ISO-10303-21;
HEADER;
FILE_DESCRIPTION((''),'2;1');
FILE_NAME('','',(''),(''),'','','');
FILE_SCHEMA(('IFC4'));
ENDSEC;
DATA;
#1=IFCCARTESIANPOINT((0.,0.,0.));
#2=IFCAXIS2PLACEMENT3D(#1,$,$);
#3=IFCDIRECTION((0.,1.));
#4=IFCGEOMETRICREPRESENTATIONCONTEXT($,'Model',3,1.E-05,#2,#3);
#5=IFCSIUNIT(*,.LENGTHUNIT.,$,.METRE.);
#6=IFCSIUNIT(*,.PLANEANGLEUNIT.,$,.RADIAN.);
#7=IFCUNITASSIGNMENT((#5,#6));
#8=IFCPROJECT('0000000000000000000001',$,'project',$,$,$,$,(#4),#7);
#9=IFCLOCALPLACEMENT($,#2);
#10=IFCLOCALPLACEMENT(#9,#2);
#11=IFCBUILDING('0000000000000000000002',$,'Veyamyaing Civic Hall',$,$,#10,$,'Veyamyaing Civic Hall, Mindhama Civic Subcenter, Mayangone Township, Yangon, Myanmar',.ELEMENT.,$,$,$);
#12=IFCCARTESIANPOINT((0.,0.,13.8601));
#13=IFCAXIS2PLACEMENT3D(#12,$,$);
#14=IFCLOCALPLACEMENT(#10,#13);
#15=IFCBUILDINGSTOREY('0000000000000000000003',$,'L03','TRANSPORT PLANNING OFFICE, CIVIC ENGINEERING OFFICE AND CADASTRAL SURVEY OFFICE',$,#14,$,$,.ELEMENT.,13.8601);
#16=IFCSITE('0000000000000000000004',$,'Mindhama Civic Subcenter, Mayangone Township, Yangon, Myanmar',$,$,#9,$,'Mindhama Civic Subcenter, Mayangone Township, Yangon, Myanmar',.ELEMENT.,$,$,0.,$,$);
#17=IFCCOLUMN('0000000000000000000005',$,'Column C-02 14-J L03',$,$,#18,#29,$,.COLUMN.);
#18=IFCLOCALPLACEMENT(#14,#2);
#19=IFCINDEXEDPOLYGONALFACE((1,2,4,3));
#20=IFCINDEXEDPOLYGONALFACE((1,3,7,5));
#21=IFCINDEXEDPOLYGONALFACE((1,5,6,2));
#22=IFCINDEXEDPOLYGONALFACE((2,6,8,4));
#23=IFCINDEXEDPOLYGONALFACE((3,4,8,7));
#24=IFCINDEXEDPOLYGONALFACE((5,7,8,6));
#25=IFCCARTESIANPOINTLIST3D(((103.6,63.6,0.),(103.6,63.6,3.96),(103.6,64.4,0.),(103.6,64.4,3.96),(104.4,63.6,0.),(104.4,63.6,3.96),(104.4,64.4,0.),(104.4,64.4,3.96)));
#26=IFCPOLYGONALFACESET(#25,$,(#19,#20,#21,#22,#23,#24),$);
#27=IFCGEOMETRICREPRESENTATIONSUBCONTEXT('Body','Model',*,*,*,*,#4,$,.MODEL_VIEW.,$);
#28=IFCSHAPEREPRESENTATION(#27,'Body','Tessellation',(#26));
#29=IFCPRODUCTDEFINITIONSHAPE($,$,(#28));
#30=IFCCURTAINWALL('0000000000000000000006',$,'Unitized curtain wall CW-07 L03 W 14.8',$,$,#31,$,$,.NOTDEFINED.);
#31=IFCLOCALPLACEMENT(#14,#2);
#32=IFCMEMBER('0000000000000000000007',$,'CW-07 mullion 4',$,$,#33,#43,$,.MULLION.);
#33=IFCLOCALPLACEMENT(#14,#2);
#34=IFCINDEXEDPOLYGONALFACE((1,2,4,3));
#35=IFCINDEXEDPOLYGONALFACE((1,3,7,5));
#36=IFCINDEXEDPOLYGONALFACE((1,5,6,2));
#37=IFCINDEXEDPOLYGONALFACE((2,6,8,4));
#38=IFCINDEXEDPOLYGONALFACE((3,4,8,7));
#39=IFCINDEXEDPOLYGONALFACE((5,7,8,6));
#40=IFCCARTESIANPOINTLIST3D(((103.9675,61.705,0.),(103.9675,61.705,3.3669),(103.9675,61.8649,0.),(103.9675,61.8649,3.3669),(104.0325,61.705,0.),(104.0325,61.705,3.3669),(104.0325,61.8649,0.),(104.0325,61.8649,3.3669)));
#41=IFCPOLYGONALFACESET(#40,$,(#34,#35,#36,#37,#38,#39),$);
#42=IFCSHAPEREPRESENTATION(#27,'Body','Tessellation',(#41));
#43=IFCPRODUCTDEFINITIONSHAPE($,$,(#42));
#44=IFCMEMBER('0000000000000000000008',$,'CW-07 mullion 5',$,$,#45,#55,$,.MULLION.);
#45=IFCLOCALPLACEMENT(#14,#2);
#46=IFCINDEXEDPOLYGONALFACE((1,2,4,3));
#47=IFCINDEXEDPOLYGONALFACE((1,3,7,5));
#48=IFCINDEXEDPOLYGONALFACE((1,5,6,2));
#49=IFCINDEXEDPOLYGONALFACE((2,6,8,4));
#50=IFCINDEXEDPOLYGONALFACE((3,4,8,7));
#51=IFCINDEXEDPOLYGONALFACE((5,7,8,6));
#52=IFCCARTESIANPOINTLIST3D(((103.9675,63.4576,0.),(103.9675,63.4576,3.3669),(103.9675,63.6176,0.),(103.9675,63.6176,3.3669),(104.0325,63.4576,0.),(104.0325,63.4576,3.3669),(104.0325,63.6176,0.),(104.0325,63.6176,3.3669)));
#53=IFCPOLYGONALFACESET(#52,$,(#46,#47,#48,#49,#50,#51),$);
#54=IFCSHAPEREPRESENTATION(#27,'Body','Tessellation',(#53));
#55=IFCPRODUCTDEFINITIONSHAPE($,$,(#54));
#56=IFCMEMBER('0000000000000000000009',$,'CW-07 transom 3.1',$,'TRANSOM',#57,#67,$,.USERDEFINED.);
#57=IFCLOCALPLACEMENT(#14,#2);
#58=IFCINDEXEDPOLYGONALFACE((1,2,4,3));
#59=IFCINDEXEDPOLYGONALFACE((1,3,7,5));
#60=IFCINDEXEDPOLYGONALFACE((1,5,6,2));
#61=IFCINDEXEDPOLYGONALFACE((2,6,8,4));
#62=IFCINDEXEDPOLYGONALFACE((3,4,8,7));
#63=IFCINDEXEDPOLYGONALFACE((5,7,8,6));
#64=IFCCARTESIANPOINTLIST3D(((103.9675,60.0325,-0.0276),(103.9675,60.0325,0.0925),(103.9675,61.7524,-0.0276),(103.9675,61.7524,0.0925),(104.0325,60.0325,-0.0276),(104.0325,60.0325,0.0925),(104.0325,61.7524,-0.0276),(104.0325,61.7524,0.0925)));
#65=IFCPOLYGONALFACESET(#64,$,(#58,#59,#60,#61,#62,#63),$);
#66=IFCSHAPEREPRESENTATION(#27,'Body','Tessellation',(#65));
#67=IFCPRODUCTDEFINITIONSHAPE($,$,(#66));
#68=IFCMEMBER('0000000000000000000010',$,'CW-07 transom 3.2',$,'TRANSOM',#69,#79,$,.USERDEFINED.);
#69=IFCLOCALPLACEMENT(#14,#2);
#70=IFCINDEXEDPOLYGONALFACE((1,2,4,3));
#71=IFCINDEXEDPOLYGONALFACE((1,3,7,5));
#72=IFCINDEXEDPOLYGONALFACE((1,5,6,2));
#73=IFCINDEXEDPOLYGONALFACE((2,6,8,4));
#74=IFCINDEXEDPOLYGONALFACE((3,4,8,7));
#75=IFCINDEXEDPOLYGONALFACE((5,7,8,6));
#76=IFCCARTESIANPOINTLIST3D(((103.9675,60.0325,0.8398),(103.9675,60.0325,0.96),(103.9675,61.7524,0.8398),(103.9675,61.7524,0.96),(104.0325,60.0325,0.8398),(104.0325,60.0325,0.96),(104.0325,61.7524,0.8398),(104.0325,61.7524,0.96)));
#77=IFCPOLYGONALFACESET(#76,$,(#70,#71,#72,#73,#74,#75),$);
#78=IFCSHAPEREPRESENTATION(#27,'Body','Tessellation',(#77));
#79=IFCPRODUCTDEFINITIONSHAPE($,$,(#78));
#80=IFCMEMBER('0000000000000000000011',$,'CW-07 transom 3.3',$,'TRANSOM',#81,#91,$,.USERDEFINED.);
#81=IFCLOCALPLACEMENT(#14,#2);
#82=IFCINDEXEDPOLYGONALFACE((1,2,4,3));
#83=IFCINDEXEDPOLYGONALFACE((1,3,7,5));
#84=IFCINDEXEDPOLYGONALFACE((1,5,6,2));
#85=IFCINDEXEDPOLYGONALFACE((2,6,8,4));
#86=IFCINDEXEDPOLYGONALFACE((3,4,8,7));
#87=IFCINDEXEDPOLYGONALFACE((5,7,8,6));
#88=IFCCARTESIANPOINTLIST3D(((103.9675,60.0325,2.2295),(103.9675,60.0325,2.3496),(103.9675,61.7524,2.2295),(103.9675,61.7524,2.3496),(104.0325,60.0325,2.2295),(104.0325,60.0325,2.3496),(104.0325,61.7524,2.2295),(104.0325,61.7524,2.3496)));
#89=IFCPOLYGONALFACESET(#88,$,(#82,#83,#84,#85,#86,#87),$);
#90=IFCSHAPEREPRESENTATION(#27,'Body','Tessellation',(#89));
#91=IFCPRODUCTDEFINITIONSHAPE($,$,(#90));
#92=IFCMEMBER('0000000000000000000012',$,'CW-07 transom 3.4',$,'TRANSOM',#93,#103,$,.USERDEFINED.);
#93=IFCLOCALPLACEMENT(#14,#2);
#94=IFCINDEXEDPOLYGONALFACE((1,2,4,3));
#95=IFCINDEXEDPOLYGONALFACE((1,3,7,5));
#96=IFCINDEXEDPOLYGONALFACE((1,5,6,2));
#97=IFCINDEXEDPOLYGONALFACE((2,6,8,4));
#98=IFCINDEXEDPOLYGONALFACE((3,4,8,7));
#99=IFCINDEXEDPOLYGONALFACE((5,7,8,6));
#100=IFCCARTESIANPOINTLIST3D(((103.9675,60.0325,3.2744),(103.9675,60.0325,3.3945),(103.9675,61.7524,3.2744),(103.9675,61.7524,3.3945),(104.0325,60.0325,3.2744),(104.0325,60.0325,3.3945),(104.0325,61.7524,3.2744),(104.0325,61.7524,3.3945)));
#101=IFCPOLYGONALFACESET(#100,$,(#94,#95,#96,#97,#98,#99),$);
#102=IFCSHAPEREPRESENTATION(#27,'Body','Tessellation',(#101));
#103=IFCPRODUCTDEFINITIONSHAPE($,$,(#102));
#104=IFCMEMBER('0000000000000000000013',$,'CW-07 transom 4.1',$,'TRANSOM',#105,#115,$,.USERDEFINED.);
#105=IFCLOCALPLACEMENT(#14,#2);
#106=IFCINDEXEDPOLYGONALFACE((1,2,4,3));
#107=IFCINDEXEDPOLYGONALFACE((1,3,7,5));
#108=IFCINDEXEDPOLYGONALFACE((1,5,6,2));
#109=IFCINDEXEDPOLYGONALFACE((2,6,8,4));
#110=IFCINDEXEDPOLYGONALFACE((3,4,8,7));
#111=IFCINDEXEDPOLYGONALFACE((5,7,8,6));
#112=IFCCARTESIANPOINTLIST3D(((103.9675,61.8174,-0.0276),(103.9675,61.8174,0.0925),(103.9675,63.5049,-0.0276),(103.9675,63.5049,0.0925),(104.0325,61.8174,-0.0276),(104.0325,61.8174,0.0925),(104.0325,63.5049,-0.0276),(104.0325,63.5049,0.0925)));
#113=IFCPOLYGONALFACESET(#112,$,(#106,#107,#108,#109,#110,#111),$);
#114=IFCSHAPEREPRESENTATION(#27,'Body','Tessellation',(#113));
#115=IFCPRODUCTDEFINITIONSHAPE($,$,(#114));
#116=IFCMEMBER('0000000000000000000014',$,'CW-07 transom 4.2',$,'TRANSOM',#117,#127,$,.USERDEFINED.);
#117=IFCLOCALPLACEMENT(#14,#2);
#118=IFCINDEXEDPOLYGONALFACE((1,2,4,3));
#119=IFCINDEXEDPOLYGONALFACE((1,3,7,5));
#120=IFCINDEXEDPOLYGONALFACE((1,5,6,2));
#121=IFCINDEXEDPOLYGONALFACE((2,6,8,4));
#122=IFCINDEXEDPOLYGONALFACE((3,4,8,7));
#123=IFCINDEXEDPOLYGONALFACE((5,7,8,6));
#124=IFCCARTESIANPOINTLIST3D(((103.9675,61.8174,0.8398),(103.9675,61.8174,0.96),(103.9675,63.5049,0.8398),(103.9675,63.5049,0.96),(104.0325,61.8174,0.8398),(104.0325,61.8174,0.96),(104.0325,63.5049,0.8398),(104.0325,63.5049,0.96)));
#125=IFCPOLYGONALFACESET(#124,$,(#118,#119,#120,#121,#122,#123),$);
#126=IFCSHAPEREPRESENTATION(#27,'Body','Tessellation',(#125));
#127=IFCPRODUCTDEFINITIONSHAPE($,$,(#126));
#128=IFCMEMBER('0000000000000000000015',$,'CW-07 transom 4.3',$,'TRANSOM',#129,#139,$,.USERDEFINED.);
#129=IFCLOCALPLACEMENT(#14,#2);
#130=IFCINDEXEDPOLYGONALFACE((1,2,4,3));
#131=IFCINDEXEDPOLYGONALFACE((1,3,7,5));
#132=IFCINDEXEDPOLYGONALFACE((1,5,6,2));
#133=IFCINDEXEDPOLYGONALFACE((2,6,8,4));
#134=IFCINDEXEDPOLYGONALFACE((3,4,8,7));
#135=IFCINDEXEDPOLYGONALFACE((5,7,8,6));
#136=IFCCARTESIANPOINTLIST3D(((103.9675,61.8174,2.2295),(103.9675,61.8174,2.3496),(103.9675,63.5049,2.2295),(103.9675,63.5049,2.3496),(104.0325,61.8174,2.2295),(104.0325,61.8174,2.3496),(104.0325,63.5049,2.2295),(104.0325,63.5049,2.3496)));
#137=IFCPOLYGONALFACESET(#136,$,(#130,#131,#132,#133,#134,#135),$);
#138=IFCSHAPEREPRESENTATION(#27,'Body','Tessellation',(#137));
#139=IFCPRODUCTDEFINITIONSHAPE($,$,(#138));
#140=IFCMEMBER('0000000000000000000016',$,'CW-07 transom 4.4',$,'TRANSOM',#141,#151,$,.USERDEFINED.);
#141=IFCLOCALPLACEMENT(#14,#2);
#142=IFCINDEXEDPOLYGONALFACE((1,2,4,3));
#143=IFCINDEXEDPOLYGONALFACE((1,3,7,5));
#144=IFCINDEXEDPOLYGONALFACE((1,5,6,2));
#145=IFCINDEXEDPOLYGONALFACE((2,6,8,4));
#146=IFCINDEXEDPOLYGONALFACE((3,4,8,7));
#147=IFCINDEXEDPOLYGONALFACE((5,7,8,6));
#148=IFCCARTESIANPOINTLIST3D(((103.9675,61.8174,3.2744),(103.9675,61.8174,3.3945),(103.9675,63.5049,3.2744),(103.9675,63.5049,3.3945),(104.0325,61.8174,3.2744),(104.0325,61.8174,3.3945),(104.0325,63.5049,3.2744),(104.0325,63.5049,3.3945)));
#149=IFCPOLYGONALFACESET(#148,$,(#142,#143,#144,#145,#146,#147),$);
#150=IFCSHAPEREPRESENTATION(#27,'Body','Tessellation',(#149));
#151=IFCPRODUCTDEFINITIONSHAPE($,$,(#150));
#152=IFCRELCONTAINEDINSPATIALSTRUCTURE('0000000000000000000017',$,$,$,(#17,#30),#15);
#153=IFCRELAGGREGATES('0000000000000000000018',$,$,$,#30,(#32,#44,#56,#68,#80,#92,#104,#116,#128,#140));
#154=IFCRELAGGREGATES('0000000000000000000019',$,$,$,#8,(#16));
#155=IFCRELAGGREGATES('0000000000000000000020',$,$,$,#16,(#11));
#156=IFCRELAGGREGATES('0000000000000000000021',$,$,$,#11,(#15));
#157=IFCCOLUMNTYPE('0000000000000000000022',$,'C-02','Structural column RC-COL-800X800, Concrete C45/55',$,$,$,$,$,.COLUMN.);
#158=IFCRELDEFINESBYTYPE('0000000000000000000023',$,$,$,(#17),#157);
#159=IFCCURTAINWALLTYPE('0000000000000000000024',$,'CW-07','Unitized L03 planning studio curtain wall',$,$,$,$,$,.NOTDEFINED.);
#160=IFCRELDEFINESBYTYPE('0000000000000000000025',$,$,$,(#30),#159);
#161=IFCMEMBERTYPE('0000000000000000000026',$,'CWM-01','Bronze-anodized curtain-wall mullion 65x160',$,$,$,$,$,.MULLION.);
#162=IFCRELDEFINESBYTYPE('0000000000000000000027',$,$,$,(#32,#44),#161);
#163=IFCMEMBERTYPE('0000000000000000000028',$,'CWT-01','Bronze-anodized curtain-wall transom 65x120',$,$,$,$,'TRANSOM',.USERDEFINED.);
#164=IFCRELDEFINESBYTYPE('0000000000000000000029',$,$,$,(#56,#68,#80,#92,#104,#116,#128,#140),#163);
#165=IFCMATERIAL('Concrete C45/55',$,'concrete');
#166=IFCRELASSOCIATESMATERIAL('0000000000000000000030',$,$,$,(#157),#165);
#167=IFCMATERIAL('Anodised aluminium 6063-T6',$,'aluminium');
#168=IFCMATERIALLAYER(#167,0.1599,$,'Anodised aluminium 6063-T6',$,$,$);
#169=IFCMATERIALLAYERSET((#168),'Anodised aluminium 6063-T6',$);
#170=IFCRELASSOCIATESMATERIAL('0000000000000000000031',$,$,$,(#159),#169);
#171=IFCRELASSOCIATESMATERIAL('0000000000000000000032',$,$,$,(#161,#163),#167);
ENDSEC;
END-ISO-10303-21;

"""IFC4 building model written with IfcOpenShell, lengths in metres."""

from ifc_helpers import new_model, si_unit, direction, frame, origin, origin_2d, place, context, subcontext, project, spatial, rectangle, extrude, material, layer, layer_set, material_profile, profile_set, type_object, element, aggregate, save


model = new_model("IFC4")

# Units and contexts
model_context = context("Model", 3, precision=1e-05, world=origin(), true_north=direction((0.0, 1.0)))
body_context = subcontext(model_context, "Body", "Model", "MODEL_VIEW")
ifc_project = project(units=[si_unit("LENGTHUNIT", "METRE"), si_unit("PLANEANGLEUNIT", "RADIAN")], contexts=[model_context])

# Site, building, storey
site_placement = place(None, origin())
site = spatial("IfcSite", under=ifc_project, at=site_placement, Name="Mindhama Civic Subcenter, Mayangone Township, Yangon, Myanmar", LongName="Mindhama Civic Subcenter, Mayangone Township, Yangon, Myanmar", CompositionType="ELEMENT", RefElevation=0.0)
building_placement = place(site_placement, origin())
building = spatial("IfcBuilding", under=site, at=building_placement, Name="Veyamyaing Civic Hall", LongName="Veyamyaing Civic Hall, Mindhama Civic Subcenter, Mayangone Township, Yangon, Myanmar", CompositionType="ELEMENT")
storey_placement = place(building_placement, frame((0.0, 0.0, 13.8601)))
storey = spatial("IfcBuildingStorey", under=building, at=storey_placement, Name="L03", Description="TRANSPORT PLANNING OFFICE, CIVIC ENGINEERING OFFICE AND CADASTRAL SURVEY OFFICE", CompositionType="ELEMENT", Elevation=13.8601)

# Column
ifc_material_1 = material(Name="Concrete C45/55", Category="concrete")
ifc_material_profile_1 = material_profile(ifc_material_1, rectangle(XDim=0.8, YDim=0.8, at=origin_2d()), Name="RC-COL-800X800")
ifc_profile_set_1 = profile_set([ifc_material_profile_1], Name="Concrete C45/55")
column_type = type_object("IfcColumnType", Name="C-02", Description="Structural column RC-COL-800X800, Concrete C45/55", PredefinedType="COLUMN", material=ifc_profile_set_1)
column_placement = place(storey_placement, frame((104.0, 64.0, 0.0), z_axis=(0.0, 0.0, 1.0), x_axis=(1.0, 0.0, 0.0)))
element("IfcColumn", 1, at=column_placement, inside=storey, type_object=column_type, Name="Column C-02 14-J L03", PredefinedType="COLUMN", context=body_context, shape_type="SweptSolid", body=[
    extrude(rectangle(XDim=0.8, YDim=0.8, at=origin_2d()), origin(), (0.0, 0.0, 1.0), 3.96),
])

# Curtain wall, members
ifc_material_2 = material(Name="Anodised aluminium 6063-T6", Category="aluminium")
ifc_layer_1 = layer(ifc_material_2, 0.1599, Name="Anodised aluminium 6063-T6")
ifc_layer_set_1 = layer_set([ifc_layer_1], Name="Anodised aluminium 6063-T6")
curtain_wall_type = type_object("IfcCurtainWallType", Name="CW-07", Description="Unitized L03 planning studio curtain wall", PredefinedType="NOTDEFINED", material=ifc_layer_set_1)
curtain_wall_placement = place(storey_placement, origin())
curtain_wall = element("IfcCurtainWall", 2, at=curtain_wall_placement, inside=storey, type_object=curtain_wall_type, Name="Unitized curtain wall CW-07 L03 W 14.8", PredefinedType="NOTDEFINED")
ifc_material_profile_2 = material_profile(ifc_material_2, rectangle(XDim=0.0649, YDim=0.1599, at=origin_2d()), Name="ALU-MUL-65X160")
ifc_profile_set_2 = profile_set([ifc_material_profile_2], Name="Anodised aluminium 6063-T6")
member_type_1 = type_object("IfcMemberType", Name="CWM-01", Description="Bronze-anodized curtain-wall mullion 65x160", PredefinedType="MULLION", material=ifc_profile_set_2)
member_1_placement = place(storey_placement, frame((104.0, 61.7849, 0.0), z_axis=(0.0, 0.0, 1.0), x_axis=(-1.0, 0.0, 0.0)))
member_1 = element("IfcMember", 3, at=member_1_placement, type_object=member_type_1, Name="CW-07 mullion 4", PredefinedType="MULLION", context=body_context, shape_type="SweptSolid", body=[
    extrude(rectangle(XDim=0.0649, YDim=0.1599, at=origin_2d()), origin(), (0.0, 0.0, 1.0), 3.3669),
])
member_2_placement = place(storey_placement, frame((104.0, 63.5376, 0.0), z_axis=(0.0, 0.0, 1.0), x_axis=(-1.0, 0.0, 0.0)))
member_2 = element("IfcMember", 4, at=member_2_placement, type_object=member_type_1, Name="CW-07 mullion 5", PredefinedType="MULLION", context=body_context, shape_type="SweptSolid", body=[
    extrude(rectangle(XDim=0.0649, YDim=0.1599, at=origin_2d()), origin(), (0.0, 0.0, 1.0), 3.3669),
])
ifc_material_profile_3 = material_profile(ifc_material_2, rectangle(XDim=0.0649, YDim=0.1201, at=origin_2d()), Name="ALU-TRN-65X120")
ifc_profile_set_3 = profile_set([ifc_material_profile_3], Name="Anodised aluminium 6063-T6")
member_type_2 = type_object("IfcMemberType", Name="CWT-01", Description="Bronze-anodized curtain-wall transom 65x120", ElementType="TRANSOM", PredefinedType="USERDEFINED", material=ifc_profile_set_3)
member_3_placement = place(storey_placement, frame((104.0, 60.0325, 0.0325), z_axis=(0.0, 1.0, 0.0), x_axis=(-1.0, 0.0, 0.0)))
member_3 = element("IfcMember", 5, at=member_3_placement, type_object=member_type_2, Name="CW-07 transom 3.1", ObjectType="TRANSOM", PredefinedType="USERDEFINED", context=body_context, shape_type="SweptSolid", body=[
    extrude(rectangle(XDim=0.0649, YDim=0.1201, at=origin_2d()), origin(), (0.0, 0.0, 1.0), 1.72),
])
member_4_placement = place(storey_placement, frame((104.0, 60.0325, 0.8999), z_axis=(0.0, 1.0, 0.0), x_axis=(-1.0, 0.0, 0.0)))
member_4 = element("IfcMember", 6, at=member_4_placement, type_object=member_type_2, Name="CW-07 transom 3.2", ObjectType="TRANSOM", PredefinedType="USERDEFINED", context=body_context, shape_type="SweptSolid", body=[
    extrude(rectangle(XDim=0.0649, YDim=0.1201, at=origin_2d()), origin(), (0.0, 0.0, 1.0), 1.72),
])
member_5_placement = place(storey_placement, frame((104.0, 60.0325, 2.2896), z_axis=(0.0, 1.0, 0.0), x_axis=(-1.0, 0.0, 0.0)))
member_5 = element("IfcMember", 7, at=member_5_placement, type_object=member_type_2, Name="CW-07 transom 3.3", ObjectType="TRANSOM", PredefinedType="USERDEFINED", context=body_context, shape_type="SweptSolid", body=[
    extrude(rectangle(XDim=0.0649, YDim=0.1201, at=origin_2d()), origin(), (0.0, 0.0, 1.0), 1.72),
])
member_6_placement = place(storey_placement, frame((104.0, 60.0325, 3.3345), z_axis=(0.0, 1.0, 0.0), x_axis=(-1.0, 0.0, 0.0)))
member_6 = element("IfcMember", 8, at=member_6_placement, type_object=member_type_2, Name="CW-07 transom 3.4", ObjectType="TRANSOM", PredefinedType="USERDEFINED", context=body_context, shape_type="SweptSolid", body=[
    extrude(rectangle(XDim=0.0649, YDim=0.1201, at=origin_2d()), origin(), (0.0, 0.0, 1.0), 1.72),
])
member_7_placement = place(storey_placement, frame((104.0, 61.8174, 0.0325), z_axis=(0.0, 1.0, 0.0), x_axis=(-1.0, 0.0, 0.0)))
member_7 = element("IfcMember", 9, at=member_7_placement, type_object=member_type_2, Name="CW-07 transom 4.1", ObjectType="TRANSOM", PredefinedType="USERDEFINED", context=body_context, shape_type="SweptSolid", body=[
    extrude(rectangle(XDim=0.0649, YDim=0.1201, at=origin_2d()), origin(), (0.0, 0.0, 1.0), 1.6875),
])
member_8_placement = place(storey_placement, frame((104.0, 61.8174, 0.8999), z_axis=(0.0, 1.0, 0.0), x_axis=(-1.0, 0.0, 0.0)))
member_8 = element("IfcMember", 10, at=member_8_placement, type_object=member_type_2, Name="CW-07 transom 4.2", ObjectType="TRANSOM", PredefinedType="USERDEFINED", context=body_context, shape_type="SweptSolid", body=[
    extrude(rectangle(XDim=0.0649, YDim=0.1201, at=origin_2d()), origin(), (0.0, 0.0, 1.0), 1.6875),
])
member_9_placement = place(storey_placement, frame((104.0, 61.8174, 2.2896), z_axis=(0.0, 1.0, 0.0), x_axis=(-1.0, 0.0, 0.0)))
member_9 = element("IfcMember", 11, at=member_9_placement, type_object=member_type_2, Name="CW-07 transom 4.3", ObjectType="TRANSOM", PredefinedType="USERDEFINED", context=body_context, shape_type="SweptSolid", body=[
    extrude(rectangle(XDim=0.0649, YDim=0.1201, at=origin_2d()), origin(), (0.0, 0.0, 1.0), 1.6875),
])
member_10_placement = place(storey_placement, frame((104.0, 61.8174, 3.3345), z_axis=(0.0, 1.0, 0.0), x_axis=(-1.0, 0.0, 0.0)))
member_10 = element("IfcMember", 12, at=member_10_placement, type_object=member_type_2, Name="CW-07 transom 4.4", ObjectType="TRANSOM", PredefinedType="USERDEFINED", context=body_context, shape_type="SweptSolid", body=[
    extrude(rectangle(XDim=0.0649, YDim=0.1201, at=origin_2d()), origin(), (0.0, 0.0, 1.0), 1.6875),
])

aggregate(curtain_wall, [member_1, member_2, member_3, member_4, member_5, member_6, member_7, member_8, member_9, member_10])

save(model, "model.ifc")
